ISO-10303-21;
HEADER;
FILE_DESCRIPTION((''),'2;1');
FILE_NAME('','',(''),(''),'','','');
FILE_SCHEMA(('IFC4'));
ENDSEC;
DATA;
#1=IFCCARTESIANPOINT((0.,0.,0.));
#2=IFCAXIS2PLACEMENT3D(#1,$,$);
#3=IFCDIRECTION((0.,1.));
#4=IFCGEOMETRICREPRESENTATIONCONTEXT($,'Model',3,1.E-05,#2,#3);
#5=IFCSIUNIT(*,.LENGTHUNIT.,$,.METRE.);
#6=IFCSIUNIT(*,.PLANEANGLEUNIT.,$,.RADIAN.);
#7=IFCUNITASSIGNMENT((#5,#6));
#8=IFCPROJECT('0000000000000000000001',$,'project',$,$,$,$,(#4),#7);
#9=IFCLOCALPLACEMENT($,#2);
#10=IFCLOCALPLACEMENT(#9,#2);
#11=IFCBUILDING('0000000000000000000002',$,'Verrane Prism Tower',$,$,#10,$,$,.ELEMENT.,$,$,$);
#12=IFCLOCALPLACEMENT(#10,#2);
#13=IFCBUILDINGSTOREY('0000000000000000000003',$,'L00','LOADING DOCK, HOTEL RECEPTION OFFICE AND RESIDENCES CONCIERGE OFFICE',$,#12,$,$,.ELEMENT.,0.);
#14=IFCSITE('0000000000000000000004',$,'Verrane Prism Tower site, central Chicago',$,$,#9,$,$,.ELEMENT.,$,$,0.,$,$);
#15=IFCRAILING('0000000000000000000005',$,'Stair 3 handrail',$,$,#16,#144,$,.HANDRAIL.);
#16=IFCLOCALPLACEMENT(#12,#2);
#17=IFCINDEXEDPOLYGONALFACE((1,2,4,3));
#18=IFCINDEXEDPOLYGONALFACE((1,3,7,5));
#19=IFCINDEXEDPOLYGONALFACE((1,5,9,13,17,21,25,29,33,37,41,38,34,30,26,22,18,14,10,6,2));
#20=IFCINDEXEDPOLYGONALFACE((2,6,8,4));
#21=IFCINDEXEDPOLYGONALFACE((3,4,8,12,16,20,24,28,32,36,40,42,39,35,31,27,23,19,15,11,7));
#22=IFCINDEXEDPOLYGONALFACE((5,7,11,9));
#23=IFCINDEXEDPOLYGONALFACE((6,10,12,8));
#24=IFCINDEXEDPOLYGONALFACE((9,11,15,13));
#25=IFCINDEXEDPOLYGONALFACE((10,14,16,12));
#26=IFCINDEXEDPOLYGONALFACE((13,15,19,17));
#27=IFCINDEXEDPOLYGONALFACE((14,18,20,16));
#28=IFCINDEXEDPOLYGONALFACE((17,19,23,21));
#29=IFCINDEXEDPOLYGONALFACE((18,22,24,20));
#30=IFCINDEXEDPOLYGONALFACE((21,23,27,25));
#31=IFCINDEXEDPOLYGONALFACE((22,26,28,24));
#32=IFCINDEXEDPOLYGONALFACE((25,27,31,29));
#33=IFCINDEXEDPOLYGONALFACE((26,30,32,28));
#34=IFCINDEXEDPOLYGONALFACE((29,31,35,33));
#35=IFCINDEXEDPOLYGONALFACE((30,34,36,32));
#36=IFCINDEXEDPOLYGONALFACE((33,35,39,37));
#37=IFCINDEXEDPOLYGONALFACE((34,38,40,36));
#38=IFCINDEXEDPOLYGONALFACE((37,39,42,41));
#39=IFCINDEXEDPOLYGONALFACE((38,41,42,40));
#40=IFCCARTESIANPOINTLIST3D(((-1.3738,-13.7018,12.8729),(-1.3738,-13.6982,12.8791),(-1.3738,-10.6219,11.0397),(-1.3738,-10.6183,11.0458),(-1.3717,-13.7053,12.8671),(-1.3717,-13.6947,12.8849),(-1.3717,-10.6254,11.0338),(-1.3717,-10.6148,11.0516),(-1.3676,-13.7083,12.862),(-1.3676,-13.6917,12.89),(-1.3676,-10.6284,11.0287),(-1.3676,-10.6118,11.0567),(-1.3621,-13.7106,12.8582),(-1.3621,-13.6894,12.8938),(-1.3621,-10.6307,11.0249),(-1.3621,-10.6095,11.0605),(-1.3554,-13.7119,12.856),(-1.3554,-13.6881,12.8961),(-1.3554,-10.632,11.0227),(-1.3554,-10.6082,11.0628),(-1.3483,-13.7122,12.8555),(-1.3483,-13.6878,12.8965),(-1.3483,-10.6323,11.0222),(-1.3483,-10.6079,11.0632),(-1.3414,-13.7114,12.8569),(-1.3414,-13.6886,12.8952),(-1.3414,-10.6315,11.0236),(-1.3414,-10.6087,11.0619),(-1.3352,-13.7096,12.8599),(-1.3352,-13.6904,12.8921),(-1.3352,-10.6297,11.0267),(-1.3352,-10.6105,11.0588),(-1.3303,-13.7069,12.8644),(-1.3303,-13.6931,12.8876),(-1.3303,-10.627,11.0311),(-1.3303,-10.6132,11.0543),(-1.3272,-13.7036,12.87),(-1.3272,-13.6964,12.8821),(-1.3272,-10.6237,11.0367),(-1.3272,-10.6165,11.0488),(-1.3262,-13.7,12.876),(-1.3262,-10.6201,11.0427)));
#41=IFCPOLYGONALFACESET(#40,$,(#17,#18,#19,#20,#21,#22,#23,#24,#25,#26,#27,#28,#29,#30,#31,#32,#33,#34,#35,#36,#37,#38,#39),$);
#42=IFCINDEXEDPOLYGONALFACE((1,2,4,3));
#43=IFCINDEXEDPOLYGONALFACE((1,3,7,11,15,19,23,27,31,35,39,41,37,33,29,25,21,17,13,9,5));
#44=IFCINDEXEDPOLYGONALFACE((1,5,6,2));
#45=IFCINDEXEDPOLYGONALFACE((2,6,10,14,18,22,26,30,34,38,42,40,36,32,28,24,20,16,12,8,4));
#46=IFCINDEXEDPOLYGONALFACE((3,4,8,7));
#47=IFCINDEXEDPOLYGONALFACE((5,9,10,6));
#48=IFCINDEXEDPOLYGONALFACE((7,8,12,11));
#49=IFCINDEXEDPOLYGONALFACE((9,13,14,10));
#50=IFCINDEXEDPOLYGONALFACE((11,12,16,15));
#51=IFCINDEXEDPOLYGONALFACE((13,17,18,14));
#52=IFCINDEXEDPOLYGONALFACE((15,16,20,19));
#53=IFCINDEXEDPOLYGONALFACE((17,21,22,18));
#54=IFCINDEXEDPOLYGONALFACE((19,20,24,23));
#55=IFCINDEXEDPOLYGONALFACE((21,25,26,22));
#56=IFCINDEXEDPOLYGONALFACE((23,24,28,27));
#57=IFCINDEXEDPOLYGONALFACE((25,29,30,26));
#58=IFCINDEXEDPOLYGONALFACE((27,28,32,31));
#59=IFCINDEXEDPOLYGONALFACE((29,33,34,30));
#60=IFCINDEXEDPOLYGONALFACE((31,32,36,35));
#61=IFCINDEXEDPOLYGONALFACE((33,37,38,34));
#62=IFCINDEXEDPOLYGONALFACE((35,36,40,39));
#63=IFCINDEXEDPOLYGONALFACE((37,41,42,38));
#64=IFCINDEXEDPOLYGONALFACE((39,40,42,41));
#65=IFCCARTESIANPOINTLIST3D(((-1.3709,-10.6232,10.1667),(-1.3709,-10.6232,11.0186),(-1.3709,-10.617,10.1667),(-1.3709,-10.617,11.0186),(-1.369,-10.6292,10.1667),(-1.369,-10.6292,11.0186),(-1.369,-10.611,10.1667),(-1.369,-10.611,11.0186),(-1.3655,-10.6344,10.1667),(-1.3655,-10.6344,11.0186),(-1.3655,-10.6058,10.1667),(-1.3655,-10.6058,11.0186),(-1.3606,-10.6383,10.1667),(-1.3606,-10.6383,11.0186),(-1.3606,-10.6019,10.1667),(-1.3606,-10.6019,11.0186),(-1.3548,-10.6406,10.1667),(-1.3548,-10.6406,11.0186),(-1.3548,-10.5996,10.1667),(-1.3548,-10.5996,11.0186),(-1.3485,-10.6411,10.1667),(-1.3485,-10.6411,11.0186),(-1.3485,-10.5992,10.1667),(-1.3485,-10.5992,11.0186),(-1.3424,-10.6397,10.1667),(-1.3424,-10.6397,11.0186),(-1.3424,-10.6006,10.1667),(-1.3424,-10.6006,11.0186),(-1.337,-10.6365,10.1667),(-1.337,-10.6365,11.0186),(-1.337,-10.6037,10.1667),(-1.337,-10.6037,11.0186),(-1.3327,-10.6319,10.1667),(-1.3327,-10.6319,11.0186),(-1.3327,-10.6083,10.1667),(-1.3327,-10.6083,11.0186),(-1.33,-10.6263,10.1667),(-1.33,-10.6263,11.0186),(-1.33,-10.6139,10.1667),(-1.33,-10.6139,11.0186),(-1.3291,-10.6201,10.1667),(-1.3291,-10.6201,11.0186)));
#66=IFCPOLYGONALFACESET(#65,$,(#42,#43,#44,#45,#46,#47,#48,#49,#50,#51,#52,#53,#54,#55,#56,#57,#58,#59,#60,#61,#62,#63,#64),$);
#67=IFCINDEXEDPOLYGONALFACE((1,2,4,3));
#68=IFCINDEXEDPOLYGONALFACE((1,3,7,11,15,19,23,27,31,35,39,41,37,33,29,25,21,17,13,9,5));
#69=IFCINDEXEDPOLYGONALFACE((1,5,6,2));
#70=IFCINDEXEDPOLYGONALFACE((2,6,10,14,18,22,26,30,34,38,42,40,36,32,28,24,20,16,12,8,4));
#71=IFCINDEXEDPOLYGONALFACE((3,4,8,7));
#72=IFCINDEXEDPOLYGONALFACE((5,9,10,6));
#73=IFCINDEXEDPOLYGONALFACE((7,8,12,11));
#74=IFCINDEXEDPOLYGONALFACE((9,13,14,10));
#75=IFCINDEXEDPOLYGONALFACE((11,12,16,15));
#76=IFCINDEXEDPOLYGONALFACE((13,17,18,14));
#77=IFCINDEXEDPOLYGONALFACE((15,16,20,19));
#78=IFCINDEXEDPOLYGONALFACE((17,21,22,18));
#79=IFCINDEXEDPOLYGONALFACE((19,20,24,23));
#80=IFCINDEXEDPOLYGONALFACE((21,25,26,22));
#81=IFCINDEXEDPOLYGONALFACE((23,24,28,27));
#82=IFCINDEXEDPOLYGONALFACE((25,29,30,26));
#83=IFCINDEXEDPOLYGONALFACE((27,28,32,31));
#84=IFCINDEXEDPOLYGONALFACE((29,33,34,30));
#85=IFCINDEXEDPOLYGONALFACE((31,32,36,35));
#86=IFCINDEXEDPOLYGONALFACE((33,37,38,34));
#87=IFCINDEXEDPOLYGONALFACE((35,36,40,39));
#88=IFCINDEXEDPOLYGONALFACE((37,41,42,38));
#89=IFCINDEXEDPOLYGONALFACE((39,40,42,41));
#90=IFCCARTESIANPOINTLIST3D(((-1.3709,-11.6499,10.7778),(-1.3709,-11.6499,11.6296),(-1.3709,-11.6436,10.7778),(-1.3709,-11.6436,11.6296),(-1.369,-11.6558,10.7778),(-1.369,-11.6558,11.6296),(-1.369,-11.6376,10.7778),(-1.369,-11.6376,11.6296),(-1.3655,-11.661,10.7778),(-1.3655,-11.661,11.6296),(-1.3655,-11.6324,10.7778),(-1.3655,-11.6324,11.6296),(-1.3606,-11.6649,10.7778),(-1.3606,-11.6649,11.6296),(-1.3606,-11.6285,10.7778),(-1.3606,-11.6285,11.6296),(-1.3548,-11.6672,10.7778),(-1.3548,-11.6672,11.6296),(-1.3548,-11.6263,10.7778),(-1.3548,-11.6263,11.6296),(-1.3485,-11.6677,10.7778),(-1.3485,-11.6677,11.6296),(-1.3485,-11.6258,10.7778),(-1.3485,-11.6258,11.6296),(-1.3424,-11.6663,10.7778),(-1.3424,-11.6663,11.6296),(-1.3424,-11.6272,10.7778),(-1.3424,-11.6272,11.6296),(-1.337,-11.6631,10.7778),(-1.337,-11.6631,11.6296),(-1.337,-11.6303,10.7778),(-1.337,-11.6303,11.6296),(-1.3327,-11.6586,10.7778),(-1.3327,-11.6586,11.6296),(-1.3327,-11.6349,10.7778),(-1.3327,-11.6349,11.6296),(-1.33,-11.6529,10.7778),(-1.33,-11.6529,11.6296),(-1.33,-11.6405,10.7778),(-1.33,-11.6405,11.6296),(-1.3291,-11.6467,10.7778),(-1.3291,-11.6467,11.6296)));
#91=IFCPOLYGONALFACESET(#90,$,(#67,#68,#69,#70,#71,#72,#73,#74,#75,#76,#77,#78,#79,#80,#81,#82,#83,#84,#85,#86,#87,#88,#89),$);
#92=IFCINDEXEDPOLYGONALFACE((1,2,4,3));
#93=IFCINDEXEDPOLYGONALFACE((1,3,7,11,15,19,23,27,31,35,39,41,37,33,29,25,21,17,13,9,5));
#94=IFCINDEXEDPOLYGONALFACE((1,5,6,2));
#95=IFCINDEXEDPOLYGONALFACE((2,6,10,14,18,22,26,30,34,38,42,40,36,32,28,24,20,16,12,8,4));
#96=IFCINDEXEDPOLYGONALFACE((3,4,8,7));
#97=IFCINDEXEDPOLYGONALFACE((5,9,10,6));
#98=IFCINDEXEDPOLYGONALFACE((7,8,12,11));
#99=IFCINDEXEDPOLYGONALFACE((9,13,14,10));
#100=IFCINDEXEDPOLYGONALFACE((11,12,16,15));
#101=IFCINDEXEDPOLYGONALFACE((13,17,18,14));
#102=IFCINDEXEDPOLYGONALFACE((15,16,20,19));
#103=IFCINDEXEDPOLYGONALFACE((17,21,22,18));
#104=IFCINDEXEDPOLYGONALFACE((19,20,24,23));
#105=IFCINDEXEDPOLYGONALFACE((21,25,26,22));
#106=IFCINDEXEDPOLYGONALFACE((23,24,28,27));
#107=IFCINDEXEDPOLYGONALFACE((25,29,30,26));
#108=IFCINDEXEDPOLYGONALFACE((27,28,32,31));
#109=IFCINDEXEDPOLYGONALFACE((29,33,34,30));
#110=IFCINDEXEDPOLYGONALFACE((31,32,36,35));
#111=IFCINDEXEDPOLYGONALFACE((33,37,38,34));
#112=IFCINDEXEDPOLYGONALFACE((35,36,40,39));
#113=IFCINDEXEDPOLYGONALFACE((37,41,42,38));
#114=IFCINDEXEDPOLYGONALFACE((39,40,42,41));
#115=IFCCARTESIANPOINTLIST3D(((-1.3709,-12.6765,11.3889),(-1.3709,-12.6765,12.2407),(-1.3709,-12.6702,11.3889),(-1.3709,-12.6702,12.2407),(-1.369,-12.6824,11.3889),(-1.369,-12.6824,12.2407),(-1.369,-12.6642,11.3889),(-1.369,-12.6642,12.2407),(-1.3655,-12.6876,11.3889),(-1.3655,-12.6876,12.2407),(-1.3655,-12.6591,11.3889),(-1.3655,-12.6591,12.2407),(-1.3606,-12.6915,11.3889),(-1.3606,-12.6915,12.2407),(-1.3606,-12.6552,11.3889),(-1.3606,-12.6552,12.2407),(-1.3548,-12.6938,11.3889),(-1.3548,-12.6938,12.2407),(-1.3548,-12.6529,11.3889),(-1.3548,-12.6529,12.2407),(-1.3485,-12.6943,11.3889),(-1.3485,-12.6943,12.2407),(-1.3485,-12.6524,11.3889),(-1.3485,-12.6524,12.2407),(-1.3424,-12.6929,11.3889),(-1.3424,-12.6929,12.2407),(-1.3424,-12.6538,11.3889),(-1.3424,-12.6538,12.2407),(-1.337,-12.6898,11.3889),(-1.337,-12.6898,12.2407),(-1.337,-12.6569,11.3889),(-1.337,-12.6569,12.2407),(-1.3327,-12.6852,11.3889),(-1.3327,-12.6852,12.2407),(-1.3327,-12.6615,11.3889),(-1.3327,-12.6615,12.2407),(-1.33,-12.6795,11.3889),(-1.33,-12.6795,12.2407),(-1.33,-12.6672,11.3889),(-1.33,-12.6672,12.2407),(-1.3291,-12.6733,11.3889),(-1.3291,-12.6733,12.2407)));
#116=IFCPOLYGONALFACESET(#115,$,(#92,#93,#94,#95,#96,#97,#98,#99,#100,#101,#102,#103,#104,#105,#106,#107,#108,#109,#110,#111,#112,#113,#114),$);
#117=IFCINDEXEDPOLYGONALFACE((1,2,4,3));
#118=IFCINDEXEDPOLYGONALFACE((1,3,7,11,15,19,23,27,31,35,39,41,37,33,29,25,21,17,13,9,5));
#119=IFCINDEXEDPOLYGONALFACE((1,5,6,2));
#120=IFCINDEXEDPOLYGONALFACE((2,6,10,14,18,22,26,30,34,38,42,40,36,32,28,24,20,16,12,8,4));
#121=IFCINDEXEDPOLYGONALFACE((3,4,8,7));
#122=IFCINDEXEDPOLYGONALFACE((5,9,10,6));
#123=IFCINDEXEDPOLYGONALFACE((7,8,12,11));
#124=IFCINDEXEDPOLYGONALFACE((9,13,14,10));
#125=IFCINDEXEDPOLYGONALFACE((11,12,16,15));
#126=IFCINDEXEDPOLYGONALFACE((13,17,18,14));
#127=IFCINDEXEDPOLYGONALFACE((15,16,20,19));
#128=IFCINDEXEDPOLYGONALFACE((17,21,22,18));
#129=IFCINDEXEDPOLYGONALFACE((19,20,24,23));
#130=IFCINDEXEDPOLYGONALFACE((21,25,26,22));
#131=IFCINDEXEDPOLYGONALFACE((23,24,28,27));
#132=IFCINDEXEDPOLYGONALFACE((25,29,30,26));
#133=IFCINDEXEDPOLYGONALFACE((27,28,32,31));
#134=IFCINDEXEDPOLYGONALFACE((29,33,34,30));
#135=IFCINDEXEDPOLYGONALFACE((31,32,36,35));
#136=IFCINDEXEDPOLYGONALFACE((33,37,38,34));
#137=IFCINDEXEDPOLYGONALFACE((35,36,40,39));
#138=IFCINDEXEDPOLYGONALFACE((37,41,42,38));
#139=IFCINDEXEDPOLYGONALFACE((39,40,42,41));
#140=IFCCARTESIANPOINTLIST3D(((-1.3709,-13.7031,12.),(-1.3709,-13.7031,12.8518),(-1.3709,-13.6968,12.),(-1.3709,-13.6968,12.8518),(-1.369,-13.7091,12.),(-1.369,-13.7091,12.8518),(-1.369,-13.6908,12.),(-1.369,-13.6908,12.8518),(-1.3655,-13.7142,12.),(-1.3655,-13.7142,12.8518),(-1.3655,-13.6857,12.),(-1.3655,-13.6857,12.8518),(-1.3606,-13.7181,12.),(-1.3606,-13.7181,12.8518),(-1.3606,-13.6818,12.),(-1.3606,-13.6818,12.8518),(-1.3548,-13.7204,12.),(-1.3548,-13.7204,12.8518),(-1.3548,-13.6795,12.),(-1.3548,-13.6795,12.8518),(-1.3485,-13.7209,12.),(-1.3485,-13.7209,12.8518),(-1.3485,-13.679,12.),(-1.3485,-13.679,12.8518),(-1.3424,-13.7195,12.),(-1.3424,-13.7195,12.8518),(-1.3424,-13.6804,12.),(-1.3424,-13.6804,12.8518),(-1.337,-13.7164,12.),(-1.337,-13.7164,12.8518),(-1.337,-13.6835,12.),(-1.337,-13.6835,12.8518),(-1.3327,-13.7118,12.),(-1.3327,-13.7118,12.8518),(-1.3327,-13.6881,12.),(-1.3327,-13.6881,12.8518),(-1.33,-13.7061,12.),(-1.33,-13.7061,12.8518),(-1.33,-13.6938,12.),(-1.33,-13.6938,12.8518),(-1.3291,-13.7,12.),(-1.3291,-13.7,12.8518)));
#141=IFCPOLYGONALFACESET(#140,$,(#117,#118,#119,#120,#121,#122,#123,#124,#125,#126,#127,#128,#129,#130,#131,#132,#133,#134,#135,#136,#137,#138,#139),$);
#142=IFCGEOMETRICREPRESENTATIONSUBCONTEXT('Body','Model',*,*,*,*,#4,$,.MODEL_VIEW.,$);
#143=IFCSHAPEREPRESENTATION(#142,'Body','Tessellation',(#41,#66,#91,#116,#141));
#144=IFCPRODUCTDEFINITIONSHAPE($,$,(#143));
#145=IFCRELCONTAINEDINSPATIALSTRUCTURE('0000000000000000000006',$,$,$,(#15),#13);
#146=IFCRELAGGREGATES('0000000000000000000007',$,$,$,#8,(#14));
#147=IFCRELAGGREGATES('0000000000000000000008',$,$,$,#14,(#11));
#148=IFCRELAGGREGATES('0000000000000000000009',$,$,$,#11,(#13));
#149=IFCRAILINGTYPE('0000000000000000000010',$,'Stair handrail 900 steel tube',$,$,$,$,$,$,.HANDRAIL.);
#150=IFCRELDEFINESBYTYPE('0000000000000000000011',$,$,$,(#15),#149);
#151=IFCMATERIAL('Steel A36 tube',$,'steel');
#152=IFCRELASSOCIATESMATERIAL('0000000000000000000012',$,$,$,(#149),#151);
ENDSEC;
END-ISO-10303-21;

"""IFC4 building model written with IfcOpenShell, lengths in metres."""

from ifc_helpers import new_model, si_unit, direction, frame, origin, origin_2d, place, context, subcontext, project, spatial, circle, extrude, material, type_object, element, save


model = new_model("IFC4")

# Units and contexts
model_context = context("Model", 3, precision=1e-05, world=origin(), true_north=direction((0.0, 1.0)))
body_context = subcontext(model_context, "Body", "Model", "MODEL_VIEW")
ifc_project = project(units=[si_unit("LENGTHUNIT", "METRE"), si_unit("PLANEANGLEUNIT", "RADIAN")], contexts=[model_context])

# Site, building, storey
site_placement = place(None, origin())
site = spatial("IfcSite", under=ifc_project, at=site_placement, Name="Verrane Prism Tower site, central Chicago", CompositionType="ELEMENT", RefElevation=0.0)
building_placement = place(site_placement, origin())
building = spatial("IfcBuilding", under=site, at=building_placement, Name="Verrane Prism Tower", CompositionType="ELEMENT")
storey_placement = place(building_placement, origin())
storey = spatial("IfcBuildingStorey", under=building, at=storey_placement, Name="L00", Description="LOADING DOCK, HOTEL RECEPTION OFFICE AND RESIDENCES CONCIERGE OFFICE", CompositionType="ELEMENT", Elevation=0.0)

# Railing
ifc_material_1 = material(Name="Steel A36 tube", Category="steel")
railing_type = type_object("IfcRailingType", Name="Stair handrail 900 steel tube", PredefinedType="HANDRAIL", material=ifc_material_1)
for number, where, name in (
    (1, (-1.3501, -10.6201, 10.1667), "Stair 3 handrail"),
):
    element("IfcRailing", number, at=place(storey_placement, frame(where)), inside=storey, type_object=railing_type, Name=name, PredefinedType="HANDRAIL", context=body_context, shape_type="SweptSolid", body=[
        extrude(circle(Radius=0.0239, at=origin_2d()), frame((0.0, 0.0, 0.876), z_axis=(0.0, -0.859291, 0.511487), x_axis=(1.0, 0.0, 0.0)), (0.0, 0.0, 1.0), 3.5842),
        extrude(circle(Radius=0.021, at=origin_2d()), origin(), (0.0, 0.0, 1.0), 0.8518),
        extrude(circle(Radius=0.021, at=origin_2d()), frame((0.0, -1.0266, 0.6111)), (0.0, 0.0, 1.0), 0.8518),
        extrude(circle(Radius=0.021, at=origin_2d()), frame((0.0, -2.0532, 1.2222)), (0.0, 0.0, 1.0), 0.8518),
        extrude(circle(Radius=0.021, at=origin_2d()), frame((0.0, -3.0798, 1.8333)), (0.0, 0.0, 1.0), 0.8518),
    ])

save(model, "model.ifc")
